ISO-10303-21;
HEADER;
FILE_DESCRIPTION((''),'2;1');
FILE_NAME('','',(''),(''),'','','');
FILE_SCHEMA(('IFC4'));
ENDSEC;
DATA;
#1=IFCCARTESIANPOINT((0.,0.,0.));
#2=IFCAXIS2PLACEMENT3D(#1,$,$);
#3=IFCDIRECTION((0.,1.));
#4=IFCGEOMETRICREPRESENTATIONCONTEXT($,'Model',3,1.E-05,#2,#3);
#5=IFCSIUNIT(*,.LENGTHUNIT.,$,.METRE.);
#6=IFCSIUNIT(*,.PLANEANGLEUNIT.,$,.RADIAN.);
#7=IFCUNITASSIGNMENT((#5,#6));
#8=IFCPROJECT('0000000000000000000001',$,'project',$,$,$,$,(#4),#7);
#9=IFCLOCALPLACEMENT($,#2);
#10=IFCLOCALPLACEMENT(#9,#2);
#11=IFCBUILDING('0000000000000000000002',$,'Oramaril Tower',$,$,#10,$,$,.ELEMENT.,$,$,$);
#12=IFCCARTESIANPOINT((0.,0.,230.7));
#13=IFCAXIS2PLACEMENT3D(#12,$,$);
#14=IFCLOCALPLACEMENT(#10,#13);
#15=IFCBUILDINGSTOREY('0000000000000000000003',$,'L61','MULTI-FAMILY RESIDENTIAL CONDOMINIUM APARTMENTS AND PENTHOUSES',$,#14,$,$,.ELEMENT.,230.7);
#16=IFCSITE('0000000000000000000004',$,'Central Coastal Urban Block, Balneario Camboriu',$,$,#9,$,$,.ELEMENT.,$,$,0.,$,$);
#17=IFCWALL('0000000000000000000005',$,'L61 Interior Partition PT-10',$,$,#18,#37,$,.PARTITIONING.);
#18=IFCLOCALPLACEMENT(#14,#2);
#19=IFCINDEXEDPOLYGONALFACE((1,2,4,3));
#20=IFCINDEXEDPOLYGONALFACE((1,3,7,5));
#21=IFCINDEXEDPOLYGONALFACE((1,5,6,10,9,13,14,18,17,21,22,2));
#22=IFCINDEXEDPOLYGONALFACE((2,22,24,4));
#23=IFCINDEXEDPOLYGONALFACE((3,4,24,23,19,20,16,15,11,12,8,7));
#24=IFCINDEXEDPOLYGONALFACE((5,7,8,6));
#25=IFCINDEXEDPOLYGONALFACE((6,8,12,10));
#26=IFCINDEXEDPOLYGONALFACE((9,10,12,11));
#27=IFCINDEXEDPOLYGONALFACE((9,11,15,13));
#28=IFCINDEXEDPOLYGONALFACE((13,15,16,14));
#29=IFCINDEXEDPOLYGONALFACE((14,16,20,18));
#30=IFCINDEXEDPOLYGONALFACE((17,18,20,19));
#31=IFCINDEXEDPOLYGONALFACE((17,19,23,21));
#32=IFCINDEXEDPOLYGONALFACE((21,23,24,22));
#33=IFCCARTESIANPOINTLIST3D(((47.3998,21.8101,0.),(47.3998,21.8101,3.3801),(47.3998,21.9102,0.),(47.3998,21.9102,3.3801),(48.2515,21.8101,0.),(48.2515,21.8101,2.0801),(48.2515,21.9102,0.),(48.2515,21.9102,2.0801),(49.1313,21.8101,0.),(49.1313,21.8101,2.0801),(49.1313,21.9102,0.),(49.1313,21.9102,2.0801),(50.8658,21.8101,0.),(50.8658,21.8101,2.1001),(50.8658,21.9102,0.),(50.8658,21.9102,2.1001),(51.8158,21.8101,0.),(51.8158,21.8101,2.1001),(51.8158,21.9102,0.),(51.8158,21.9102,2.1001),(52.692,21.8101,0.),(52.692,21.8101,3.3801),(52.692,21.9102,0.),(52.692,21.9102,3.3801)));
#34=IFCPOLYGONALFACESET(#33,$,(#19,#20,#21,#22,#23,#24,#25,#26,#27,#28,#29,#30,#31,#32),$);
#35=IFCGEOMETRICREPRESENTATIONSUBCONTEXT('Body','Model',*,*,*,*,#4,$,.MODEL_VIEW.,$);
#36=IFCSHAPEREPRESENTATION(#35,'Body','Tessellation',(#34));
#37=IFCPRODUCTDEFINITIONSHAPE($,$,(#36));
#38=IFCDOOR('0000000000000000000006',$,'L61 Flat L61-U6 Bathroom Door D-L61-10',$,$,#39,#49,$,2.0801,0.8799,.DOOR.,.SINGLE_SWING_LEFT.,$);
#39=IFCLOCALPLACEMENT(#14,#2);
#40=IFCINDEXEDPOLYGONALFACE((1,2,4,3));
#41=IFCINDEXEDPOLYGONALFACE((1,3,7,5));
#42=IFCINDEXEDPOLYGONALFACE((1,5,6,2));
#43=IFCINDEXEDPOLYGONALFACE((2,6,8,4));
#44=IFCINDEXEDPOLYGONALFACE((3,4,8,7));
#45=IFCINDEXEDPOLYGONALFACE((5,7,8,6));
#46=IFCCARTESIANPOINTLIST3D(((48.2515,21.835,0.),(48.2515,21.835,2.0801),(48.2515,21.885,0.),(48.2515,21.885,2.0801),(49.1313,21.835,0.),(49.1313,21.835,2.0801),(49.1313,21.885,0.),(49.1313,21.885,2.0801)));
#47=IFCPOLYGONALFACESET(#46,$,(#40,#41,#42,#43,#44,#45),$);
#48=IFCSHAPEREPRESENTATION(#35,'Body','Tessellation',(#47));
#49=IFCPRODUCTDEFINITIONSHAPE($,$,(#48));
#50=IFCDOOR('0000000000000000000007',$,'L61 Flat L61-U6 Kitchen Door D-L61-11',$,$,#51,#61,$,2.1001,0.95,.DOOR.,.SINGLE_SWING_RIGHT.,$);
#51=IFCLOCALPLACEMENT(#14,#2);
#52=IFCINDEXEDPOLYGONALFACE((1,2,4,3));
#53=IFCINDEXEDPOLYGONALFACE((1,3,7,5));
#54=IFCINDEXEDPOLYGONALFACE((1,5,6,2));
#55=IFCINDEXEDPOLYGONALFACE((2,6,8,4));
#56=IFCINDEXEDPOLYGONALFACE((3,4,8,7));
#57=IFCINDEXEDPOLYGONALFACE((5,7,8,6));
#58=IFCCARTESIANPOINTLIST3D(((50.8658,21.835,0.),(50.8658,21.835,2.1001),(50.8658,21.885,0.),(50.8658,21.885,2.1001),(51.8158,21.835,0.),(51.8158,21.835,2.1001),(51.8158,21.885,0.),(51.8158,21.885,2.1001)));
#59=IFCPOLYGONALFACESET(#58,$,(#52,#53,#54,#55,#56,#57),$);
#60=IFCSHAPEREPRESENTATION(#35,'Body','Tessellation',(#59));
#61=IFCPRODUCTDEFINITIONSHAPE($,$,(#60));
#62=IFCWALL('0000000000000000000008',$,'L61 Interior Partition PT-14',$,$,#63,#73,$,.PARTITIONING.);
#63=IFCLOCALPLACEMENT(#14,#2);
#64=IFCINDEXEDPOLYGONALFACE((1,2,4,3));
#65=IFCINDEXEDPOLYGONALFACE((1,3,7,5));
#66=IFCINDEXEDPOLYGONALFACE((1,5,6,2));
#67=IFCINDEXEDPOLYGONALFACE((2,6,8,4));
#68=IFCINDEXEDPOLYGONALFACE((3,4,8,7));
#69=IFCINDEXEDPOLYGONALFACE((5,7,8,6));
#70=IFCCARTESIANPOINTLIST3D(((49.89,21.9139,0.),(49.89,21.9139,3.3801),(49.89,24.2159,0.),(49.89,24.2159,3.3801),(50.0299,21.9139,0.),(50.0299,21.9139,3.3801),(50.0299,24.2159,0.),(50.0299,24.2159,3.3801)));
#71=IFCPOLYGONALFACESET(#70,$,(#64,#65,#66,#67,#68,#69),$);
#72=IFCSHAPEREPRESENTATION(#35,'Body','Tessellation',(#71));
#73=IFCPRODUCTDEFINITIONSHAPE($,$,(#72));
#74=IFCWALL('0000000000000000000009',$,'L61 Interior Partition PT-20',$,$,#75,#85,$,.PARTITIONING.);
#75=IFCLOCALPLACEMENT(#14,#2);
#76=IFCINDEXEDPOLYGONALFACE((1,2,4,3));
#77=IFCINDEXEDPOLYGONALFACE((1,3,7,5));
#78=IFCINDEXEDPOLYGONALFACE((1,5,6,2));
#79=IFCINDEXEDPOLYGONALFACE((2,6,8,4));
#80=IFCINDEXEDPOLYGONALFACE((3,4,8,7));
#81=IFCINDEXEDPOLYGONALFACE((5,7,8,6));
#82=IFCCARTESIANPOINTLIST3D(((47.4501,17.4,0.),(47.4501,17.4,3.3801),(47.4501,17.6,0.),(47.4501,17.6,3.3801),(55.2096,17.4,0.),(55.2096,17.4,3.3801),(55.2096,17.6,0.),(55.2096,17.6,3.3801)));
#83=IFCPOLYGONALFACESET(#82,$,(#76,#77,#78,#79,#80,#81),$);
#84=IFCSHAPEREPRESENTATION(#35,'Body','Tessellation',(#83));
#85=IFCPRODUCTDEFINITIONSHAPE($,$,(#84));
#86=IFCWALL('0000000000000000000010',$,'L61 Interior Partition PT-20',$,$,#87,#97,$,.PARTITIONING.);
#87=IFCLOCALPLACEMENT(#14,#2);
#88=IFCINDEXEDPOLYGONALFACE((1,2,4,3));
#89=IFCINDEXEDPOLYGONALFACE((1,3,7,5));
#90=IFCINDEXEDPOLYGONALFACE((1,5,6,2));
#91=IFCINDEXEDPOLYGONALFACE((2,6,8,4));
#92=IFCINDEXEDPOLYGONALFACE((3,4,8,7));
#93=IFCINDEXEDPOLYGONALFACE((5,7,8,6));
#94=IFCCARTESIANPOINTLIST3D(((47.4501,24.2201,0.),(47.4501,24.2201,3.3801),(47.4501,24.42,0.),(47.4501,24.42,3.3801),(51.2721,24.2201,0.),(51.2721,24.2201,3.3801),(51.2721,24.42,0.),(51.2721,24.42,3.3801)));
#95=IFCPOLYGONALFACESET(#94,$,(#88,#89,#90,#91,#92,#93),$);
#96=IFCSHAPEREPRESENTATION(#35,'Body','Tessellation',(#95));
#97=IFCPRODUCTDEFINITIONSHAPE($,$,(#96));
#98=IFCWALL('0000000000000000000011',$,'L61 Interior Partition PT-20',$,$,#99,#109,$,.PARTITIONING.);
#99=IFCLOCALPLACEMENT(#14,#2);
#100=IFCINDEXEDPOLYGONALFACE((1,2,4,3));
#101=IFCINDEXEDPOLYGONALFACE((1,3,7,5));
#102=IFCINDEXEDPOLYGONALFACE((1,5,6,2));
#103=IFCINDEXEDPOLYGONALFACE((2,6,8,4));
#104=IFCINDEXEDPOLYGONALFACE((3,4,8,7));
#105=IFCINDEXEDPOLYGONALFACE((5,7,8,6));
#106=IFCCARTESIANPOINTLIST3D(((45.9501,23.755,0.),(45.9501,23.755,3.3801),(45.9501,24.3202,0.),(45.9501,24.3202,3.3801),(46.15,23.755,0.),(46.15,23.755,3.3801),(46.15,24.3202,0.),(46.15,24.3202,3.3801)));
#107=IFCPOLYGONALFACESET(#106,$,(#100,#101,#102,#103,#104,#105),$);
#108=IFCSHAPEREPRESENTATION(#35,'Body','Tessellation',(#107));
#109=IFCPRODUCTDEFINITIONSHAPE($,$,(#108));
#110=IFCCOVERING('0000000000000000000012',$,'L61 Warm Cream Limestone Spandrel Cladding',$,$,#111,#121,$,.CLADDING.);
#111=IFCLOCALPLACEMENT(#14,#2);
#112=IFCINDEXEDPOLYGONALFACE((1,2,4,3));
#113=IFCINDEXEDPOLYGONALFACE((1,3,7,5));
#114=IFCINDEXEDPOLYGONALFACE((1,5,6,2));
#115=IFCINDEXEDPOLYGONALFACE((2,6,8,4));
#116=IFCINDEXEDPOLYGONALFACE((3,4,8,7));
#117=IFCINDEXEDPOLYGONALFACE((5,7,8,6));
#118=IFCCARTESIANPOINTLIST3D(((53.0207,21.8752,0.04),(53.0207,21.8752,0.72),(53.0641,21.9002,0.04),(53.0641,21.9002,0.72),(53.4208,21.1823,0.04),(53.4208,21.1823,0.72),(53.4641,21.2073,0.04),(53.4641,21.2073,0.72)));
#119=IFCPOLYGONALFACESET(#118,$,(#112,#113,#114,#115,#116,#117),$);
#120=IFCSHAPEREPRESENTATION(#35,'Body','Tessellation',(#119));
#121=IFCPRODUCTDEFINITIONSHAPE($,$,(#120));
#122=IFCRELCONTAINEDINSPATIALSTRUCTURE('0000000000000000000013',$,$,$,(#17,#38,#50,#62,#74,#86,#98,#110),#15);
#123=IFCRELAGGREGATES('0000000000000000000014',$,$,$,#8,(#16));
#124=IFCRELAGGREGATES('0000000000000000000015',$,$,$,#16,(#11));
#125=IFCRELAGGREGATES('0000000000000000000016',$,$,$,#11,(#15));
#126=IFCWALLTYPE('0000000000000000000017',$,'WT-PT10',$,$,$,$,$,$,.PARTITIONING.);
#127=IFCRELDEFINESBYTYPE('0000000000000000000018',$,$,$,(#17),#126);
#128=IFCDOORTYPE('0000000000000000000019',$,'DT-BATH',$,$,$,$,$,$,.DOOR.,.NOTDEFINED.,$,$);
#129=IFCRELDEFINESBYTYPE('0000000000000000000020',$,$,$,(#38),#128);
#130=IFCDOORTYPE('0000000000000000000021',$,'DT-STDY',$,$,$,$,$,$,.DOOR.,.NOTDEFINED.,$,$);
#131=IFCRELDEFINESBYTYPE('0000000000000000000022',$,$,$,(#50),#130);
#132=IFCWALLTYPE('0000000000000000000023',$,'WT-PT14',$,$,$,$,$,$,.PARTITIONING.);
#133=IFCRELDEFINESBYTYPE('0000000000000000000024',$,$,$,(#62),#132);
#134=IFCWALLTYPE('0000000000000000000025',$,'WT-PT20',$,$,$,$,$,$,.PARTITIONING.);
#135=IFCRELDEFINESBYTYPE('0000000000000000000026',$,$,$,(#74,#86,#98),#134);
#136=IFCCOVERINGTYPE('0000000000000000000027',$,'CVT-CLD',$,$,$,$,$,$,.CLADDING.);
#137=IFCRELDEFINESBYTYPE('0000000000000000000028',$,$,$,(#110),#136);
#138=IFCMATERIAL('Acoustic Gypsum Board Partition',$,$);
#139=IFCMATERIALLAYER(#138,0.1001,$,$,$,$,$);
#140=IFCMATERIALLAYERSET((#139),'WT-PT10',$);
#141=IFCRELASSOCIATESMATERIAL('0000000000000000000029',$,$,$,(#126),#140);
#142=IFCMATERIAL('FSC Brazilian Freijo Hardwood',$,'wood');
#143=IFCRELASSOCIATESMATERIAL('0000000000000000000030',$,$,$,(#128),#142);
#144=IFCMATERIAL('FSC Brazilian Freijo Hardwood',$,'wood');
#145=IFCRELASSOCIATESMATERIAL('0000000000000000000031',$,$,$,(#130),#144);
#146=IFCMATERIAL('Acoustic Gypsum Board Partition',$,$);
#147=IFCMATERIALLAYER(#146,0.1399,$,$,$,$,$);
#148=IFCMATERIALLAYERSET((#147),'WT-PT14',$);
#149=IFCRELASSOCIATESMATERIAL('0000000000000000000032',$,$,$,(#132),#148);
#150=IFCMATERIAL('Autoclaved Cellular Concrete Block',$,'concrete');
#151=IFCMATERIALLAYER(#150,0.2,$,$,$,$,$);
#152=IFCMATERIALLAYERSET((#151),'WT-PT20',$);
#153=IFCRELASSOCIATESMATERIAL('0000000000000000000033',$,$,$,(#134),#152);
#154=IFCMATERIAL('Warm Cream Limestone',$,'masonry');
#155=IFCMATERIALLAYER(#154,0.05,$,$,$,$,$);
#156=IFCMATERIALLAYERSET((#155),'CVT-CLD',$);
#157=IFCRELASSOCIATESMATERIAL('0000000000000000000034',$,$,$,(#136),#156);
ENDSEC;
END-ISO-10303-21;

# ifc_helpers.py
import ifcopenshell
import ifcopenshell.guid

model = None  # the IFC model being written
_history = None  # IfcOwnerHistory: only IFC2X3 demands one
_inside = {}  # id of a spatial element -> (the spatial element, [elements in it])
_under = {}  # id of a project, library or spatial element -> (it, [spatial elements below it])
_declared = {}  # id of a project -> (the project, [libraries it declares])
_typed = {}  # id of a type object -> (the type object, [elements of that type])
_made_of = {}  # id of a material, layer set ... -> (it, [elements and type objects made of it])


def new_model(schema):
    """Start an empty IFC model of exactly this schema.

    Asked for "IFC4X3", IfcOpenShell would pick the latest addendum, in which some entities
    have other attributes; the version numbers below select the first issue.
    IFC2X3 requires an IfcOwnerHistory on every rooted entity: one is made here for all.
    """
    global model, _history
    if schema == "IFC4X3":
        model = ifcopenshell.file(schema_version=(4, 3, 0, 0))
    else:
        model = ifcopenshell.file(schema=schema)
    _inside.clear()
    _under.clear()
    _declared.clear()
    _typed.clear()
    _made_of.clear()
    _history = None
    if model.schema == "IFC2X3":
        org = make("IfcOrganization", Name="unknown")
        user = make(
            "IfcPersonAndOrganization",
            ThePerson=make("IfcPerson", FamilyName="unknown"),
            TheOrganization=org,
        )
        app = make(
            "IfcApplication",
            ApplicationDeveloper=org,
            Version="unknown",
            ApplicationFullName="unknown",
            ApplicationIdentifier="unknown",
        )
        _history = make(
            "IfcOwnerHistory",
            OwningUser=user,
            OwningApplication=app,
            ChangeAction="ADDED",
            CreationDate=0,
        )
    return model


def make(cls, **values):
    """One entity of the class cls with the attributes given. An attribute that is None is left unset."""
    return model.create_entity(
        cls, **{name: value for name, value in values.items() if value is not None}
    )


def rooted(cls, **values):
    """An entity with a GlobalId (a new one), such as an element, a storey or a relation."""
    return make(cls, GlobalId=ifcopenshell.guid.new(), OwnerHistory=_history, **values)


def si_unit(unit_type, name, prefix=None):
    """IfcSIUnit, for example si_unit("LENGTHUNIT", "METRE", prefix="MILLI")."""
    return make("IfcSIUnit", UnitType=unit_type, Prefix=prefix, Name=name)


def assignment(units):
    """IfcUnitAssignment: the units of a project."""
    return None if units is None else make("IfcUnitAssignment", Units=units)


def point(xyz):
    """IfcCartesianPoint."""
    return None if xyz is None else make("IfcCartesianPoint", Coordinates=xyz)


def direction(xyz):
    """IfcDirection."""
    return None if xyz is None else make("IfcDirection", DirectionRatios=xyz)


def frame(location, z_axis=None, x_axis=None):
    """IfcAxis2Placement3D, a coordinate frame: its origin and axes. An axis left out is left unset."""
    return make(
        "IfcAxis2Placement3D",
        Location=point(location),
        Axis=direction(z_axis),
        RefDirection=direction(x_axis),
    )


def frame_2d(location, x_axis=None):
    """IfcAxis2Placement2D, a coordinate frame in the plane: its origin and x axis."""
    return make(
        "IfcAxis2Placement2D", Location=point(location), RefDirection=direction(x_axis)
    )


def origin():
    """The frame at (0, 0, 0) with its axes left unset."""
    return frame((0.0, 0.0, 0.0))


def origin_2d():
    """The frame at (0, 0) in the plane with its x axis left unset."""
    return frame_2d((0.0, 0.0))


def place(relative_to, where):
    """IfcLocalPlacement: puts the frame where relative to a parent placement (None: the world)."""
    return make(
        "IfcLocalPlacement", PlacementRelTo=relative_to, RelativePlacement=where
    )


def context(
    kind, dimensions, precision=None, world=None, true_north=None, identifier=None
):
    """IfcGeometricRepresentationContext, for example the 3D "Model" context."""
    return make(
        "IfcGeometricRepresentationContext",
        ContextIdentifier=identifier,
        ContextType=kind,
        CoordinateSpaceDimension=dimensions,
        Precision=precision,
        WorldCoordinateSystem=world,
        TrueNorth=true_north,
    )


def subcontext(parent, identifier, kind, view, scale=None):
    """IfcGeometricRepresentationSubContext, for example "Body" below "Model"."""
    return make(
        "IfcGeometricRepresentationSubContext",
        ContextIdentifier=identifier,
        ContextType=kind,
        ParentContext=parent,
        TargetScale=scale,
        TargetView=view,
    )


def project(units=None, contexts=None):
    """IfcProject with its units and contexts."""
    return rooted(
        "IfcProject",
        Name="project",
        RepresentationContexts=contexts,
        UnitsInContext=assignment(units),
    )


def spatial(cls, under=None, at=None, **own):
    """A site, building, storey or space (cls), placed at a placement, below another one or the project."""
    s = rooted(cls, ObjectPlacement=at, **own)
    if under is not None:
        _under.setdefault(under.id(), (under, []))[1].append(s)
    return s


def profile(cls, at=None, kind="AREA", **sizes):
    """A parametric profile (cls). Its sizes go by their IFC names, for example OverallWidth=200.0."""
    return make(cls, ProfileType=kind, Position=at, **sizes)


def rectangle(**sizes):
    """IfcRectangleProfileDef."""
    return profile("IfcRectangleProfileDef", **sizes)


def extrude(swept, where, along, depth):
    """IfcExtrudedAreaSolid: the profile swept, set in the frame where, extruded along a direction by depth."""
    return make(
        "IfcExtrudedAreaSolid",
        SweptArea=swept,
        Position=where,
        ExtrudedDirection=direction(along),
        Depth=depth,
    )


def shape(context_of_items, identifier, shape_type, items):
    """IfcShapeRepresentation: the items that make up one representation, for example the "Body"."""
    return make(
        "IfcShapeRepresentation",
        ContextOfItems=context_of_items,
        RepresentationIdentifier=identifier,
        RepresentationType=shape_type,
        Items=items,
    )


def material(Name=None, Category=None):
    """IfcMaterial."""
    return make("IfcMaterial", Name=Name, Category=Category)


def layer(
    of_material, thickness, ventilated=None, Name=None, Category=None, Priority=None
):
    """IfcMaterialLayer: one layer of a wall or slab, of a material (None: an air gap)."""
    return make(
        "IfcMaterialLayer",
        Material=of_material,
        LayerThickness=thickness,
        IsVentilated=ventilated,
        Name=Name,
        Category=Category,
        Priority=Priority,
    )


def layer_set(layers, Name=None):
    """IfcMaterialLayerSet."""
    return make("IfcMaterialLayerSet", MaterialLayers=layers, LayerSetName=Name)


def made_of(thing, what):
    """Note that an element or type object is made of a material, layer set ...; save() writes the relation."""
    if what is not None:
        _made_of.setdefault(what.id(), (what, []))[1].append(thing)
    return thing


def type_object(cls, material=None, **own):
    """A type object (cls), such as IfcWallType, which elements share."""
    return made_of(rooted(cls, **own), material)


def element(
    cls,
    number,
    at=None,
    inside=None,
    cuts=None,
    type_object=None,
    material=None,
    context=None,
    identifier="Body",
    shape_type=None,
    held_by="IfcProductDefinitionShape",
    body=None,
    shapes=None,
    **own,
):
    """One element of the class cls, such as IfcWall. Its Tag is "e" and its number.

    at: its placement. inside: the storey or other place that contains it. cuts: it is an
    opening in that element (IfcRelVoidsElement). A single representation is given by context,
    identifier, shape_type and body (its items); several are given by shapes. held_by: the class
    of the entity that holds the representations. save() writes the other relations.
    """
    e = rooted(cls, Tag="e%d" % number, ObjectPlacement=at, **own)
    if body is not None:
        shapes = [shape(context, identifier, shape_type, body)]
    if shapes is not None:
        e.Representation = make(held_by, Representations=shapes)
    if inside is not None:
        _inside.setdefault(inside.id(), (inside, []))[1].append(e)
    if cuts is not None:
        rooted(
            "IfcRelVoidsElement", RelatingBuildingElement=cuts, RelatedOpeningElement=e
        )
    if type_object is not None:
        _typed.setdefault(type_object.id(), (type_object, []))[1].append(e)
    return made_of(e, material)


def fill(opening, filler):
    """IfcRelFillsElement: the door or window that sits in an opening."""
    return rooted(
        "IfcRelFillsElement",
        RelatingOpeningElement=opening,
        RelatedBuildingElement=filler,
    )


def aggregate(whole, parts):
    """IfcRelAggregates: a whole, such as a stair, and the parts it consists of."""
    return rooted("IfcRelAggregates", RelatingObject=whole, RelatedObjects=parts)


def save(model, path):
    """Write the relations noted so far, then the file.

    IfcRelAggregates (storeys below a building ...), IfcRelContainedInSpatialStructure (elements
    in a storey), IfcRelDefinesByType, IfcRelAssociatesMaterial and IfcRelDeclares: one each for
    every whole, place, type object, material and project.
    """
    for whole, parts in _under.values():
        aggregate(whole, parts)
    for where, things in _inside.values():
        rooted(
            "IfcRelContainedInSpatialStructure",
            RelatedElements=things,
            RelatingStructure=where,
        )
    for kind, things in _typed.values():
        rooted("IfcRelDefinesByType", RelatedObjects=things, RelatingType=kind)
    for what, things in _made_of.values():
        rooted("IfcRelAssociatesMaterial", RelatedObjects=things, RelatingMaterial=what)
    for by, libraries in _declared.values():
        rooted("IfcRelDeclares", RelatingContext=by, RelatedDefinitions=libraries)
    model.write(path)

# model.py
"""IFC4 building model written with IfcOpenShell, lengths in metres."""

from ifc_helpers import new_model, si_unit, direction, frame, frame_2d, origin, origin_2d, place, context, subcontext, project, spatial, rectangle, extrude, material, layer, layer_set, type_object, element, fill, save


model = new_model("IFC4")

# Units and contexts
model_context = context("Model", 3, precision=1e-05, world=origin(), true_north=direction((0.0, 1.0)))
body_context = subcontext(model_context, "Body", "Model", "MODEL_VIEW")
ifc_project = project(units=[si_unit("LENGTHUNIT", "METRE"), si_unit("PLANEANGLEUNIT", "RADIAN")], contexts=[model_context])

# Site, building, storey
site_placement = place(None, origin())
site = spatial("IfcSite", under=ifc_project, at=site_placement, Name="Central Coastal Urban Block, Balneario Camboriu", CompositionType="ELEMENT", RefElevation=0.0)
building_placement = place(site_placement, origin())
building = spatial("IfcBuilding", under=site, at=building_placement, Name="Oramaril Tower", CompositionType="ELEMENT")
storey_placement = place(building_placement, frame((0.0, 0.0, 230.7)))
storey = spatial("IfcBuildingStorey", under=building, at=storey_placement, Name="L61", Description="MULTI-FAMILY RESIDENTIAL CONDOMINIUM APARTMENTS AND PENTHOUSES", CompositionType="ELEMENT", Elevation=230.7)

# Wall, openings, doors
ifc_material_1 = material(Name="Acoustic Gypsum Board Partition")
ifc_layer_1 = layer(ifc_material_1, 0.1001)
ifc_layer_set_1 = layer_set([ifc_layer_1], Name="WT-PT10")
wall_type_1 = type_object("IfcWallType", Name="WT-PT10", PredefinedType="PARTITIONING", material=ifc_layer_set_1)
wall_1_placement = place(storey_placement, frame((47.3999, 21.8601, 0.0), z_axis=(0.0, 0.0, 1.0), x_axis=(1.0, 0.0, 0.0)))
wall_1 = element("IfcWall", 1, at=wall_1_placement, inside=storey, type_object=wall_type_1, Name="L61 Interior Partition PT-10", PredefinedType="PARTITIONING", context=body_context, shape_type="SweptSolid", body=[
    extrude(rectangle(XDim=5.2922, YDim=0.1001, at=frame_2d((2.646, 0.0))), origin(), (0.0, 0.0, 1.0), 3.3801),
])
opening_1_placement = place(wall_1_placement, frame((0.8516, 0.0, 0.0)))
opening_1 = element("IfcOpeningElement", 2, at=opening_1_placement, cuts=wall_1, PredefinedType="OPENING", context=body_context, shape_type="SweptSolid", body=[
    extrude(rectangle(XDim=0.8799, YDim=2.0801, at=frame_2d((0.4399, 1.04))), frame((0.0, 0.05, 0.0), z_axis=(0.0, -1.0, 0.0), x_axis=(1.0, 0.0, 0.0)), (0.0, 0.0, 1.0), 0.1001),
])
opening_2_placement = place(wall_1_placement, frame((3.4658, 0.0, 0.0)))
opening_2 = element("IfcOpeningElement", 3, at=opening_2_placement, cuts=wall_1, PredefinedType="OPENING", context=body_context, shape_type="SweptSolid", body=[
    extrude(rectangle(XDim=0.95, YDim=2.1001, at=frame_2d((0.4751, 1.05))), frame((0.0, 0.05, 0.0), z_axis=(0.0, -1.0, 0.0), x_axis=(1.0, 0.0, 0.0)), (0.0, 0.0, 1.0), 0.1001),
])
ifc_material_2 = material(Name="FSC Brazilian Freijo Hardwood", Category="wood")
door_type_1 = type_object("IfcDoorType", Name="DT-BATH", OperationType="NOTDEFINED", PredefinedType="DOOR", material=ifc_material_2)
door_1_placement = place(opening_1_placement, origin())
door_1 = element("IfcDoor", 4, at=door_1_placement, inside=storey, type_object=door_type_1, Name="L61 Flat L61-U6 Bathroom Door D-L61-10", OperationType="SINGLE_SWING_LEFT", OverallHeight=2.0801, OverallWidth=0.8799, PredefinedType="DOOR", context=body_context, shape_type="SweptSolid", body=[
    extrude(rectangle(XDim=0.8799, YDim=2.0801, at=frame_2d((0.4399, 1.04))), frame((0.0, 0.0249, 0.0), z_axis=(0.0, -1.0, 0.0), x_axis=(1.0, 0.0, 0.0)), (0.0, 0.0, 1.0), 0.05),
])
fill(opening_1, door_1)
ifc_material_3 = material(Name="FSC Brazilian Freijo Hardwood", Category="wood")
door_type_2 = type_object("IfcDoorType", Name="DT-STDY", OperationType="NOTDEFINED", PredefinedType="DOOR", material=ifc_material_3)
door_2_placement = place(opening_2_placement, origin())
door_2 = element("IfcDoor", 5, at=door_2_placement, inside=storey, type_object=door_type_2, Name="L61 Flat L61-U6 Kitchen Door D-L61-11", OperationType="SINGLE_SWING_RIGHT", OverallHeight=2.1001, OverallWidth=0.95, PredefinedType="DOOR", context=body_context, shape_type="SweptSolid", body=[
    extrude(rectangle(XDim=0.95, YDim=2.1001, at=frame_2d((0.4751, 1.05))), frame((0.0, 0.0249, 0.0), z_axis=(0.0, -1.0, 0.0), x_axis=(1.0, 0.0, 0.0)), (0.0, 0.0, 1.0), 0.05),
])
fill(opening_2, door_2)

# Walls
ifc_material_4 = material(Name="Acoustic Gypsum Board Partition")
ifc_layer_2 = layer(ifc_material_4, 0.1399)
ifc_layer_set_2 = layer_set([ifc_layer_2], Name="WT-PT14")
wall_type_2 = type_object("IfcWallType", Name="WT-PT14", PredefinedType="PARTITIONING", material=ifc_layer_set_2)
wall_2_placement = place(storey_placement, frame((49.96, 21.9141, 0.0), z_axis=(0.0, 0.0, 1.0), x_axis=(0.0, 1.0, 0.0)))
element("IfcWall", 6, at=wall_2_placement, inside=storey, type_object=wall_type_2, Name="L61 Interior Partition PT-14", PredefinedType="PARTITIONING", context=body_context, shape_type="SweptSolid", body=[
    extrude(rectangle(XDim=2.302, YDim=0.1399, at=frame_2d((1.1509, 0.0))), origin(), (0.0, 0.0, 1.0), 3.3801),
])
ifc_material_5 = material(Name="Autoclaved Cellular Concrete Block", Category="concrete")
ifc_layer_3 = layer(ifc_material_5, 0.2)
ifc_layer_set_3 = layer_set([ifc_layer_3], Name="WT-PT20")
wall_type_3 = type_object("IfcWallType", Name="WT-PT20", PredefinedType="PARTITIONING", material=ifc_layer_set_3)
wall_3_placement = place(storey_placement, frame((47.45, 17.5, 0.0), z_axis=(0.0, 0.0, 1.0), x_axis=(1.0, 0.0, 0.0)))
element("IfcWall", 7, at=wall_3_placement, inside=storey, type_object=wall_type_3, Name="L61 Interior Partition PT-20", PredefinedType="PARTITIONING", context=body_context, shape_type="SweptSolid", body=[
    extrude(rectangle(XDim=7.7595, YDim=0.2, at=frame_2d((3.8799, 0.0))), origin(), (0.0, 0.0, 1.0), 3.3801),
])
wall_4_placement = place(storey_placement, frame((47.45, 24.3201, 0.0), z_axis=(0.0, 0.0, 1.0), x_axis=(1.0, 0.0, 0.0)))
element("IfcWall", 8, at=wall_4_placement, inside=storey, type_object=wall_type_3, Name="L61 Interior Partition PT-20", PredefinedType="PARTITIONING", context=body_context, shape_type="SweptSolid", body=[
    extrude(rectangle(XDim=3.822, YDim=0.2, at=frame_2d((1.9111, 0.0))), origin(), (0.0, 0.0, 1.0), 3.3801),
])
wall_5_placement = place(storey_placement, frame((46.05, 23.7549, 0.0), z_axis=(0.0, 0.0, 1.0), x_axis=(0.0, 1.0, 0.0)))
element("IfcWall", 9, at=wall_5_placement, inside=storey, type_object=wall_type_3, Name="L61 Interior Partition PT-20", PredefinedType="PARTITIONING", context=body_context, shape_type="SweptSolid", body=[
    extrude(rectangle(XDim=0.5652, YDim=0.2, at=frame_2d((0.2827, 0.0))), origin(), (0.0, 0.0, 1.0), 3.3801),
])

# Covering
ifc_material_6 = material(Name="Warm Cream Limestone", Category="masonry")
ifc_layer_4 = layer(ifc_material_6, 0.05)
ifc_layer_set_4 = layer_set([ifc_layer_4], Name="CVT-CLD")
covering_type = type_object("IfcCoveringType", Name="CVT-CLD", PredefinedType="CLADDING", material=ifc_layer_set_4)
covering_placement = place(storey_placement, frame((53.2424, 21.5413, 0.04), z_axis=(0.0, 0.0, 1.0), x_axis=(-0.500002, 0.866025, 0.0)))
element("IfcCovering", 10, at=covering_placement, inside=storey, type_object=covering_type, Name="L61 Warm Cream Limestone Spandrel Cladding", PredefinedType="CLADDING", context=body_context, shape_type="SweptSolid", body=[
    extrude(rectangle(XDim=0.8, YDim=0.05, at=origin_2d()), origin(), (0.0, 0.0, 1.0), 0.6799),
])

save(model, "model.ifc")
